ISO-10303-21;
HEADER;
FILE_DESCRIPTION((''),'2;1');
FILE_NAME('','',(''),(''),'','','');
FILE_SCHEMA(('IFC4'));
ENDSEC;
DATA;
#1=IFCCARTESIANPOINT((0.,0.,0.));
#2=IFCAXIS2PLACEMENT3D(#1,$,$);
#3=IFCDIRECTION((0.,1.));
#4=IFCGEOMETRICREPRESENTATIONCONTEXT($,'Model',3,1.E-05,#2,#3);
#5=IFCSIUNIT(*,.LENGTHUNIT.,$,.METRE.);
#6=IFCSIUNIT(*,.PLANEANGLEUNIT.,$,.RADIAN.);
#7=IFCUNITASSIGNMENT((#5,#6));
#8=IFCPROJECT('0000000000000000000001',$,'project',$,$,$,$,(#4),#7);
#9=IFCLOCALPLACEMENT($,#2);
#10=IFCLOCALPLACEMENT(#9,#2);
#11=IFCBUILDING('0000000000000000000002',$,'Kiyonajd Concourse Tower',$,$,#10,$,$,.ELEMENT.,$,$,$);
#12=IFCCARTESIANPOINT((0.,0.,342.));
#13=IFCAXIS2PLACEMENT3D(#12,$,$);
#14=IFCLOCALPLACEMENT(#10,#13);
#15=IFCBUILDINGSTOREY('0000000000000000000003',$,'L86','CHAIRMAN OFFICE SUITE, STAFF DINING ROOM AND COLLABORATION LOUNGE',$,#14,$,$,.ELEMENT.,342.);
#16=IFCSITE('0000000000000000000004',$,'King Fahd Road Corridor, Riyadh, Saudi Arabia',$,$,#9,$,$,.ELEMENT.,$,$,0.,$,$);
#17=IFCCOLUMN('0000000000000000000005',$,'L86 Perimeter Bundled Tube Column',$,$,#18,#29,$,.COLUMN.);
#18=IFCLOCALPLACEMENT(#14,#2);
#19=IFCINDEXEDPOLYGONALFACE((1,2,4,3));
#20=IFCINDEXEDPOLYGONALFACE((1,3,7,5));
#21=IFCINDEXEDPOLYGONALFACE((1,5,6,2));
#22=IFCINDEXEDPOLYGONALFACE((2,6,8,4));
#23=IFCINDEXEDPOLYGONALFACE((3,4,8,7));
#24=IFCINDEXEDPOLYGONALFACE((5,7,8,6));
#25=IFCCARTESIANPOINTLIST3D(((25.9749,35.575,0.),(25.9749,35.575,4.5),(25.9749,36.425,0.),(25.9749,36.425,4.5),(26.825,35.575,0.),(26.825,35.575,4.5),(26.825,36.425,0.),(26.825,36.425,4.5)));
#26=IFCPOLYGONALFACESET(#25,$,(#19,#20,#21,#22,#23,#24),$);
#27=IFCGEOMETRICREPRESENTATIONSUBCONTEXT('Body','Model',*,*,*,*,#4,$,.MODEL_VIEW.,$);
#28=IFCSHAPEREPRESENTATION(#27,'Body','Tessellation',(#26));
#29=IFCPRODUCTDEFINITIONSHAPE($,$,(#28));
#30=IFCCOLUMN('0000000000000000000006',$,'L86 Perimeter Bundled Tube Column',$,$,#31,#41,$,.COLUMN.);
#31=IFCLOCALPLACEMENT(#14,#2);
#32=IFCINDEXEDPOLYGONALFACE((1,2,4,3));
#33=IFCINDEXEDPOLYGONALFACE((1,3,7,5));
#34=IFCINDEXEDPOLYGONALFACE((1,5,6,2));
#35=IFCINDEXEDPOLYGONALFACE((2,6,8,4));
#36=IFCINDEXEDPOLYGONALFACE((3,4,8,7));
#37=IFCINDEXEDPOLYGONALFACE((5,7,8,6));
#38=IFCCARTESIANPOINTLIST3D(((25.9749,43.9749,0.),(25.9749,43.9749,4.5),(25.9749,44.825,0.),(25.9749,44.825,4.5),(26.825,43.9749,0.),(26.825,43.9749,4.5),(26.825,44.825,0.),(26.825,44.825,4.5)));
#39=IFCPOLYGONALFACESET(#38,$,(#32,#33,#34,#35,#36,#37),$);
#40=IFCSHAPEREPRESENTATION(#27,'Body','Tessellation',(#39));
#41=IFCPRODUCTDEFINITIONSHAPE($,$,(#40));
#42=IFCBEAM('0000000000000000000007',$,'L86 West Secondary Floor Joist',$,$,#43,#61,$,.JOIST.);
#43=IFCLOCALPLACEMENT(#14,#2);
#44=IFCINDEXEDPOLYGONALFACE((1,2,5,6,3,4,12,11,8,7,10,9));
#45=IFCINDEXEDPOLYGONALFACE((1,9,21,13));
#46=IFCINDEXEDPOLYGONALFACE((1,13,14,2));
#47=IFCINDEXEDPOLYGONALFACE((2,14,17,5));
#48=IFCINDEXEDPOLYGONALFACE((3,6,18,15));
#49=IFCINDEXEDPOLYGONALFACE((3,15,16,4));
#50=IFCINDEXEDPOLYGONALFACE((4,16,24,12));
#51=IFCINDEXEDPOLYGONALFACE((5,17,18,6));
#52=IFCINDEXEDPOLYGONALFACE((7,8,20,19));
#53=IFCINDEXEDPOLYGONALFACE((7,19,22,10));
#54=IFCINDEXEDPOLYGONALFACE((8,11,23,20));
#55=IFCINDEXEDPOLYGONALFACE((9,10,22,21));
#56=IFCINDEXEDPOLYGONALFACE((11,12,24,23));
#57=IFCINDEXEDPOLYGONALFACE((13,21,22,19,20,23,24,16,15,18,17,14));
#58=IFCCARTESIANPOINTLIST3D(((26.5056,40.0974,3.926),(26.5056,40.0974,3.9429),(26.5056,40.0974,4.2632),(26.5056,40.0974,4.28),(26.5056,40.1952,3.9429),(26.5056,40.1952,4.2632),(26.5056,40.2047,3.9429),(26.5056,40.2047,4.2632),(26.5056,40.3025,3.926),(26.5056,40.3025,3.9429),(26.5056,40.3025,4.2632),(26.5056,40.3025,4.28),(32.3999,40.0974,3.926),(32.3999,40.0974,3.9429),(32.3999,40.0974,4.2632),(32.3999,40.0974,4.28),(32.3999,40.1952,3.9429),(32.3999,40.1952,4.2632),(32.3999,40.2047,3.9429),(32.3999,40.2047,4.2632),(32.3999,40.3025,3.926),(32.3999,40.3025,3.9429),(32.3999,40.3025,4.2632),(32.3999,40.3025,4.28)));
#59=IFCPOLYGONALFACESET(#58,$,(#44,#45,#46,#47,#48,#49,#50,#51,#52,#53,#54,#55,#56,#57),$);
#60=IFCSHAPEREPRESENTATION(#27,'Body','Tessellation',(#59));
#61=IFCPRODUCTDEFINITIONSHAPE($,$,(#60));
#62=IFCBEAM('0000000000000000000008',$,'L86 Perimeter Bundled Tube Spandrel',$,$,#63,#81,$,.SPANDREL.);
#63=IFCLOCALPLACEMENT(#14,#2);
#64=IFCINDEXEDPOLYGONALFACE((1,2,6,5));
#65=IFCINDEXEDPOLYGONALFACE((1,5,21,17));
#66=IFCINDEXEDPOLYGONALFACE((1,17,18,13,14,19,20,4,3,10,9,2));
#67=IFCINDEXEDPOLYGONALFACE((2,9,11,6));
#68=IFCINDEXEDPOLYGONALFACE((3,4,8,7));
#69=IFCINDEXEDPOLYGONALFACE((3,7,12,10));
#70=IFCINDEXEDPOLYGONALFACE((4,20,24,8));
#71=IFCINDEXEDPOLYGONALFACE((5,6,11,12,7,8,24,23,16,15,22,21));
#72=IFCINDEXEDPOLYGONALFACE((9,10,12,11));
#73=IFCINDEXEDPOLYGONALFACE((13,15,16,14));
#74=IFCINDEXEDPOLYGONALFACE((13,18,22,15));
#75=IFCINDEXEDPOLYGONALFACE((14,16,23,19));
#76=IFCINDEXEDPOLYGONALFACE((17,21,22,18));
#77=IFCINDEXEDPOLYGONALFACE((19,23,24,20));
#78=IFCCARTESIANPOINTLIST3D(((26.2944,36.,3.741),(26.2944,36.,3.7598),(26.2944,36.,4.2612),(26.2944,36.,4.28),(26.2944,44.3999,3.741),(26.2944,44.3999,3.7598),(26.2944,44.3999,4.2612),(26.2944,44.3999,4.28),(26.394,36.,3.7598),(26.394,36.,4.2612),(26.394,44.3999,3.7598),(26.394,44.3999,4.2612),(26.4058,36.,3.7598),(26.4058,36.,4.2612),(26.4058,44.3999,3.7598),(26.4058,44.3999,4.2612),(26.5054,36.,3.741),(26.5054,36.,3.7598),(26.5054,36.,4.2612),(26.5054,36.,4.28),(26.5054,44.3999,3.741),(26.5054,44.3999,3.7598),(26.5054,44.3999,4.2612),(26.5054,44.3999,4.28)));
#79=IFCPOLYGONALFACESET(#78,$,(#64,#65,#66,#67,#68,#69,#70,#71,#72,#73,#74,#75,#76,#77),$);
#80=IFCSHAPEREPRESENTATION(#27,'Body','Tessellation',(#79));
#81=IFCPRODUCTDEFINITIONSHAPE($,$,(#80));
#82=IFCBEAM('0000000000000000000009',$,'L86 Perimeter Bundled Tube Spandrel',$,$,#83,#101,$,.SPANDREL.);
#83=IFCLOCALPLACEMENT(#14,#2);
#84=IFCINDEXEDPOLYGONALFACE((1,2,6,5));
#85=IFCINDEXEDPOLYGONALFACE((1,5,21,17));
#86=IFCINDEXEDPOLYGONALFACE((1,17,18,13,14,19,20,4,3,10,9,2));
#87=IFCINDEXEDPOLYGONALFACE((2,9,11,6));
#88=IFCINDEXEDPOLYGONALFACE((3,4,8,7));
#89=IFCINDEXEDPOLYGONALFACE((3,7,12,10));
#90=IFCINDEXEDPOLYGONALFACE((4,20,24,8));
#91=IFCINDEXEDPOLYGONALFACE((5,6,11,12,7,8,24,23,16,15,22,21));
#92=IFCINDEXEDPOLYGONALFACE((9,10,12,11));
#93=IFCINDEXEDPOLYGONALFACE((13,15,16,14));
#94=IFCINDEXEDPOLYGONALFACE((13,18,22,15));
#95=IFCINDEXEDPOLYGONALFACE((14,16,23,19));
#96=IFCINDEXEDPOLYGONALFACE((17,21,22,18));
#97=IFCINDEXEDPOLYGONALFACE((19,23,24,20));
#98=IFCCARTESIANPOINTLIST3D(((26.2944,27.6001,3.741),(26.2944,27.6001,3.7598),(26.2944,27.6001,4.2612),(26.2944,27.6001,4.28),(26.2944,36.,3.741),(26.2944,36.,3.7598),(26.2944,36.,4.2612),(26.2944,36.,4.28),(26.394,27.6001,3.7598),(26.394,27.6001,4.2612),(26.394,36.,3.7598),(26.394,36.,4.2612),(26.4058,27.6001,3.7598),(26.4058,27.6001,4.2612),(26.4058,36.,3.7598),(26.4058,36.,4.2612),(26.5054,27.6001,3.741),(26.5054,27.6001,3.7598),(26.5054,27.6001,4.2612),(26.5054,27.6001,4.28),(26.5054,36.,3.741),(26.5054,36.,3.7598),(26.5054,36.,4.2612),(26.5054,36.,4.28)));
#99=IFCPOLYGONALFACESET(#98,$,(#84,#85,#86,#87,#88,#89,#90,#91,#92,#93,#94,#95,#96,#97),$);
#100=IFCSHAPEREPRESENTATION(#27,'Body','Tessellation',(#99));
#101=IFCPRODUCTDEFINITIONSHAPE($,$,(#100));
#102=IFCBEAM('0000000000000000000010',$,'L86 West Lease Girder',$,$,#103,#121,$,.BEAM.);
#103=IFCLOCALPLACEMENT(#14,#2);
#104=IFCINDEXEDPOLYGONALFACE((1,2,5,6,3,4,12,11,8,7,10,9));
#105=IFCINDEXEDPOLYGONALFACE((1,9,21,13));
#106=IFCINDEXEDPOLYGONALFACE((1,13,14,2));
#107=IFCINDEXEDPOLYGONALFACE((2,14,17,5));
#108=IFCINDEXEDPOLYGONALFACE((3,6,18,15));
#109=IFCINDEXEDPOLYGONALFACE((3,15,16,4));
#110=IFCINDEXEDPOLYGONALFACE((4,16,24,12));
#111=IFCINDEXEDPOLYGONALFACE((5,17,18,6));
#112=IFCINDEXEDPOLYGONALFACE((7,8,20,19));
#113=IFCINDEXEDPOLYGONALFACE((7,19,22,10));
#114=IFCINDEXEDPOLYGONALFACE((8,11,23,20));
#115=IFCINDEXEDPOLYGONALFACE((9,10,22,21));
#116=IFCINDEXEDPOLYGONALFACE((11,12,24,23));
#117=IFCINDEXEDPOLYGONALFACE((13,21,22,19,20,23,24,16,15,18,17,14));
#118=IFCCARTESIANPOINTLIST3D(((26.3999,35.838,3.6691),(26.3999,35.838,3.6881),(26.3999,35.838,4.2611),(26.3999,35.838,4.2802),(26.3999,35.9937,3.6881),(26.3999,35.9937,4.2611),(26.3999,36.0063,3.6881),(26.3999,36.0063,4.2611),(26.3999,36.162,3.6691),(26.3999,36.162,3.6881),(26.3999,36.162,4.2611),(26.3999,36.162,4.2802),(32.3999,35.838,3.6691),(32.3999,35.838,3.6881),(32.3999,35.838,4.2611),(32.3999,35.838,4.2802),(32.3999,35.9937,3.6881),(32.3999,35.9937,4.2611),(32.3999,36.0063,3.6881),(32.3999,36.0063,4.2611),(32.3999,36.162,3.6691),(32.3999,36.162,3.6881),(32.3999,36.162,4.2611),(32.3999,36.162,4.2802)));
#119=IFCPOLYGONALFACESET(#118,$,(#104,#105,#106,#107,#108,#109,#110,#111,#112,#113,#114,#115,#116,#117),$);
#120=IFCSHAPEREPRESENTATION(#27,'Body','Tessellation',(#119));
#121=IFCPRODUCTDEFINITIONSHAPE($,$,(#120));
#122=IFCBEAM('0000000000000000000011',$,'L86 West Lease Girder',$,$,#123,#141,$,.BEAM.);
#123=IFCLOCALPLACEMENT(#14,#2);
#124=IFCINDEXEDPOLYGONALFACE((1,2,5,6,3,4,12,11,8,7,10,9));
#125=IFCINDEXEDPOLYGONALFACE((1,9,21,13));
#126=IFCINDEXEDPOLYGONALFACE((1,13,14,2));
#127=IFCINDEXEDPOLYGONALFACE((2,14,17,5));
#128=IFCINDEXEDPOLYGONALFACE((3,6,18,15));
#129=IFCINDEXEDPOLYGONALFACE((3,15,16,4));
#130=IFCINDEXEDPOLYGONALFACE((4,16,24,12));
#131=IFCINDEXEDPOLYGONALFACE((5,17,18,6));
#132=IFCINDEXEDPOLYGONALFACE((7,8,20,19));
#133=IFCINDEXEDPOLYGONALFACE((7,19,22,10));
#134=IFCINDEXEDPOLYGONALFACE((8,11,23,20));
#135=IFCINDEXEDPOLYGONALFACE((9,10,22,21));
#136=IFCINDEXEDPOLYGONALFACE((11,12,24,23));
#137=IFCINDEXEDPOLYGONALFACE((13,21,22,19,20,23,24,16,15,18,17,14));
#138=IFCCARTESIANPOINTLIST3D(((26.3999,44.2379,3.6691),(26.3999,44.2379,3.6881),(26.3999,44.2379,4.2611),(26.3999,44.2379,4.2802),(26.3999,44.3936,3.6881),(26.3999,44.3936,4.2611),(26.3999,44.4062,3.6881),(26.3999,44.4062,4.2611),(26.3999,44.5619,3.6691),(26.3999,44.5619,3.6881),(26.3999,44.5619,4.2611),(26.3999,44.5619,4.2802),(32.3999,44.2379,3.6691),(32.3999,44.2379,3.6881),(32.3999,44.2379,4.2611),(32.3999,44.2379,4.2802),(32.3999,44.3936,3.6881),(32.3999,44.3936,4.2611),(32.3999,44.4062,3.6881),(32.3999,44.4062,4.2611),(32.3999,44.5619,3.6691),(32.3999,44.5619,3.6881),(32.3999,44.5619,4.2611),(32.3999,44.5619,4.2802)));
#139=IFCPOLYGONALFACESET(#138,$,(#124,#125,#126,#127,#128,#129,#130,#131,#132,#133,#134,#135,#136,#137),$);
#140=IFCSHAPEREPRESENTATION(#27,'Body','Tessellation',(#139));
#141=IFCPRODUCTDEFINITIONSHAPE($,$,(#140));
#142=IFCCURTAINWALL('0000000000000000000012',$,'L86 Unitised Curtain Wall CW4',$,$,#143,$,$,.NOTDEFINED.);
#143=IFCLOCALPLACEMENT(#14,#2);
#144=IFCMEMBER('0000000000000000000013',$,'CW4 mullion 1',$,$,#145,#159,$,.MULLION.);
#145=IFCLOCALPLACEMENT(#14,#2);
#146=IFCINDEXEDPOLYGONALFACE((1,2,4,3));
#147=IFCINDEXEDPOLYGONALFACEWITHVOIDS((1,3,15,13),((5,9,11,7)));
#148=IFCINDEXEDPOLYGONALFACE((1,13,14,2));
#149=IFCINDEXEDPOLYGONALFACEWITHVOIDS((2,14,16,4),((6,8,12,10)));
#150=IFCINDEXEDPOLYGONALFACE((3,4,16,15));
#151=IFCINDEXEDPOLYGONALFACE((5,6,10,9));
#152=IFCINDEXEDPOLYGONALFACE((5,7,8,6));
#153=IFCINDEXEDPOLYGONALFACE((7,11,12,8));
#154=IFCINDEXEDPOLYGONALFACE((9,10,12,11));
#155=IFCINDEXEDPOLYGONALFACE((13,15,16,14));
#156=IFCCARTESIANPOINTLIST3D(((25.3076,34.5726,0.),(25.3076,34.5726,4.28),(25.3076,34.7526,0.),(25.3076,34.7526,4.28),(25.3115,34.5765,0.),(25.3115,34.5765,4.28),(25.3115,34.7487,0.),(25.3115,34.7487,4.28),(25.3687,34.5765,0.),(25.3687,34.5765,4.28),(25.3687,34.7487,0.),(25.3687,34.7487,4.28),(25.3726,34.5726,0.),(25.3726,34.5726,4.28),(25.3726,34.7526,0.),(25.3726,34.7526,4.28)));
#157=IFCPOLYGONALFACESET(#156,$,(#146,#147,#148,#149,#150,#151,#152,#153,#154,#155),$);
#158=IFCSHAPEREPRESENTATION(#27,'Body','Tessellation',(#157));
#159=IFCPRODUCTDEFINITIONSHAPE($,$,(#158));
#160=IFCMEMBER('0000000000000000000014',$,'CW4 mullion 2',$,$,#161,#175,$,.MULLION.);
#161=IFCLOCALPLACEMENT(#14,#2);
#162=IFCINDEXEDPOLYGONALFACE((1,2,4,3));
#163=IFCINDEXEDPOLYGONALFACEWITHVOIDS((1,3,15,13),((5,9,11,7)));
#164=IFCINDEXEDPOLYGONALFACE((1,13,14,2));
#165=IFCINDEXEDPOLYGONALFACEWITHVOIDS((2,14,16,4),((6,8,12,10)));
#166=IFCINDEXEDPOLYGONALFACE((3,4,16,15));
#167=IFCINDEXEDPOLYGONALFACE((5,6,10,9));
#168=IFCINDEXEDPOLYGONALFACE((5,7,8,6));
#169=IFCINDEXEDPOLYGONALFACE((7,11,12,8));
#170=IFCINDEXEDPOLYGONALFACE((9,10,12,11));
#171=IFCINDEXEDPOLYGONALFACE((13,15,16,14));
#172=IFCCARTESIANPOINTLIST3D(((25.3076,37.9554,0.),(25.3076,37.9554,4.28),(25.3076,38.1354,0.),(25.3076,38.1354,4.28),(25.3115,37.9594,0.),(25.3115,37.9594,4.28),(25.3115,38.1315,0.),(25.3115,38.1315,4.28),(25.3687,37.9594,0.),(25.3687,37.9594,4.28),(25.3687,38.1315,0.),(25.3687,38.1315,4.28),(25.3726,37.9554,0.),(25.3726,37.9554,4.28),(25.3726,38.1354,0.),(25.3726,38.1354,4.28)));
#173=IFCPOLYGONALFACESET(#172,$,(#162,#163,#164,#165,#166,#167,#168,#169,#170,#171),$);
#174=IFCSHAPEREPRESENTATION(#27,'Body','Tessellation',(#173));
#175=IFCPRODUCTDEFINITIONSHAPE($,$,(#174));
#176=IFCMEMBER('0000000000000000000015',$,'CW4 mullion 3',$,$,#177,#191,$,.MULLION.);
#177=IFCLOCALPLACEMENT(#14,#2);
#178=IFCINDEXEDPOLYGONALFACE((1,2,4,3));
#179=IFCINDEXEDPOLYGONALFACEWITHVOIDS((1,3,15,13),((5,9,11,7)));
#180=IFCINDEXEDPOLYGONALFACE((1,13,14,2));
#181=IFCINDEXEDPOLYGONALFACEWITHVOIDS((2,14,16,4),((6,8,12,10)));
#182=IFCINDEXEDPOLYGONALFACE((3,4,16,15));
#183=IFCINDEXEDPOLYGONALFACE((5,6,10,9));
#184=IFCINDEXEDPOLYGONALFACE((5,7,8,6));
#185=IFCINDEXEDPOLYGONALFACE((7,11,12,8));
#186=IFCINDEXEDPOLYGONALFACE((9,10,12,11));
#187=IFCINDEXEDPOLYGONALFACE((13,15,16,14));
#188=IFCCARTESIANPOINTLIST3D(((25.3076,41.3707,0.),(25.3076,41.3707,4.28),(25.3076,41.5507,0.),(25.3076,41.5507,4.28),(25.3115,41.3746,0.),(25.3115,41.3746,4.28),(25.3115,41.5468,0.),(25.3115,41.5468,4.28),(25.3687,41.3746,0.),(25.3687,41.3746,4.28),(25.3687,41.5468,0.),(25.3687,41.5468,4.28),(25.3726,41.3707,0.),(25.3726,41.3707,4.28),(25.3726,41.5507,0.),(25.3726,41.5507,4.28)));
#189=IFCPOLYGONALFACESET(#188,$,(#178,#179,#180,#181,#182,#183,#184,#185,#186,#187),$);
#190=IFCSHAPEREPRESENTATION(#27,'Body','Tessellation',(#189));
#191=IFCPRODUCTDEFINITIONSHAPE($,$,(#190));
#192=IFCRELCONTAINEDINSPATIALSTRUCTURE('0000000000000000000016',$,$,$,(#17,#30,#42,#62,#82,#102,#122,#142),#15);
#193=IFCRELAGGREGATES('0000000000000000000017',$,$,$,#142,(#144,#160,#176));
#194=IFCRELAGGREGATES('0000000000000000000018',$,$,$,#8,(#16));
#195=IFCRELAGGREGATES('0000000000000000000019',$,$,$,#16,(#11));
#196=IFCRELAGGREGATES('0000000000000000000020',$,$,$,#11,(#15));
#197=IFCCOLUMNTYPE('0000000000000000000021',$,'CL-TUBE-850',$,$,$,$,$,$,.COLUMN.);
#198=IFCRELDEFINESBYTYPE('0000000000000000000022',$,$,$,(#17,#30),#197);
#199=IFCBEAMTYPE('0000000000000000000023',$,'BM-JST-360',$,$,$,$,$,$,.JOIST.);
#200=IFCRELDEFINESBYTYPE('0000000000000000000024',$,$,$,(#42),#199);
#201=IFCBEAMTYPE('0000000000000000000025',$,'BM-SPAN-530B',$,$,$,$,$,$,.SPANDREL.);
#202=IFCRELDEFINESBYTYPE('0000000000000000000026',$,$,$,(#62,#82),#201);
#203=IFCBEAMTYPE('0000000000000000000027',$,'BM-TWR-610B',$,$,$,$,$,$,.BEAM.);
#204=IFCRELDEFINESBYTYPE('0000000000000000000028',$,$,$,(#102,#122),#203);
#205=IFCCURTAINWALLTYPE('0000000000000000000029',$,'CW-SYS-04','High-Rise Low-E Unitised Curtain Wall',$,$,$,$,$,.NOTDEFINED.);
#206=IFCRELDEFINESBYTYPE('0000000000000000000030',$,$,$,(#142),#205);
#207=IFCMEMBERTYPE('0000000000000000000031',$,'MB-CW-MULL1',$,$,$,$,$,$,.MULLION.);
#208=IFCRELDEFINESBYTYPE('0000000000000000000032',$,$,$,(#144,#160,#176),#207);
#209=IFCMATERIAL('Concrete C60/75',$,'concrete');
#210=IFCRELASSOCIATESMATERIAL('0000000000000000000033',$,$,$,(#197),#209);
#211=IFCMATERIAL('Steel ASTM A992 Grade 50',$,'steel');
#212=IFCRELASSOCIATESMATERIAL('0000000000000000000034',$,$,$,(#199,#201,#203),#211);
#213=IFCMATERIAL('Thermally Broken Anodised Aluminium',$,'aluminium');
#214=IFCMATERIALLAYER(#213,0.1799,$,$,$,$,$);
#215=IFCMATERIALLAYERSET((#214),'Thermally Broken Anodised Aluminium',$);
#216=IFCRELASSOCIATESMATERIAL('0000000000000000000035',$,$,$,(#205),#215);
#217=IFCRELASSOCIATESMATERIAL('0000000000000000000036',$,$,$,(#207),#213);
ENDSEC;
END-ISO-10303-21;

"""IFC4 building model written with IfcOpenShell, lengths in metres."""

from ifc_helpers import new_model, si_unit, direction, frame, origin, origin_2d, place, context, subcontext, project, spatial, rectangle, hollow_rectangle, i_section, extrude, material, layer, layer_set, material_profile, profile_set, type_object, element, aggregate, save


model = new_model("IFC4")

# Units and contexts
model_context = context("Model", 3, precision=1e-05, world=origin(), true_north=direction((0.0, 1.0)))
body_context = subcontext(model_context, "Body", "Model", "MODEL_VIEW")
ifc_project = project(units=[si_unit("LENGTHUNIT", "METRE"), si_unit("PLANEANGLEUNIT", "RADIAN")], contexts=[model_context])

# Site, building, storey
site_placement = place(None, origin())
site = spatial("IfcSite", under=ifc_project, at=site_placement, Name="King Fahd Road Corridor, Riyadh, Saudi Arabia", CompositionType="ELEMENT", RefElevation=0.0)
building_placement = place(site_placement, origin())
building = spatial("IfcBuilding", under=site, at=building_placement, Name="Kiyonajd Concourse Tower", CompositionType="ELEMENT")
storey_placement = place(building_placement, frame((0.0, 0.0, 342.0)))
storey = spatial("IfcBuildingStorey", under=building, at=storey_placement, Name="L86", Description="CHAIRMAN OFFICE SUITE, STAFF DINING ROOM AND COLLABORATION LOUNGE", CompositionType="ELEMENT", Elevation=342.0)

# Columns
ifc_material_1 = material(Name="Concrete C60/75", Category="concrete")
ifc_material_profile_1 = material_profile(ifc_material_1, rectangle(XDim=0.8501, YDim=0.8501, at=origin_2d()), Name="RC-850x850")
ifc_profile_set_1 = profile_set([ifc_material_profile_1], Name="Concrete C60/75")
column_type = type_object("IfcColumnType", Name="CL-TUBE-850", PredefinedType="COLUMN", material=ifc_profile_set_1)
for number, where, z_axis, x_axis, name in (
    (1, (26.3999, 36.0, 0.0), (0.0, 0.0, 1.0), (1.0, 0.0, 0.0), "L86 Perimeter Bundled Tube Column"),
    (2, (26.3999, 44.3999, 0.0), (0.0, 0.0, 1.0), (1.0, 0.0, 0.0), "L86 Perimeter Bundled Tube Column"),
):
    element("IfcColumn", number, at=place(storey_placement, frame(where, z_axis=z_axis, x_axis=x_axis)), inside=storey, type_object=column_type, Name=name, PredefinedType="COLUMN", context=body_context, shape_type="SweptSolid", body=[
        extrude(rectangle(XDim=0.8501, YDim=0.8501, at=origin_2d()), origin(), (0.0, 0.0, 1.0), 4.5),
    ])

# Beams
ifc_material_2 = material(Name="Steel ASTM A992 Grade 50", Category="steel")
ifc_material_profile_2 = material_profile(ifc_material_2, i_section(OverallWidth=0.2051, OverallDepth=0.354, WebThickness=0.0095, FlangeThickness=0.0168, at=origin_2d()), Name="W360X79")
ifc_profile_set_2 = profile_set([ifc_material_profile_2], Name="Steel ASTM A992 Grade 50")
beam_type_1 = type_object("IfcBeamType", Name="BM-JST-360", PredefinedType="JOIST", material=ifc_profile_set_2)
beam_placement = place(storey_placement, frame((26.5056, 40.2, 4.103), z_axis=(1.0, 0.0, 0.0), x_axis=(0.0, 1.0, 0.0)))
element("IfcBeam", 3, at=beam_placement, inside=storey, type_object=beam_type_1, Name="L86 West Secondary Floor Joist", PredefinedType="JOIST", context=body_context, shape_type="SweptSolid", body=[
    extrude(i_section(OverallWidth=0.2051, OverallDepth=0.354, WebThickness=0.0095, FlangeThickness=0.0168, at=origin_2d()), origin(), (0.0, 0.0, 1.0), 5.8943),
])
ifc_material_profile_3 = material_profile(ifc_material_2, i_section(OverallWidth=0.2109, OverallDepth=0.5391, WebThickness=0.0117, FlangeThickness=0.0188, at=origin_2d()), Name="W530X109")
ifc_profile_set_3 = profile_set([ifc_material_profile_3], Name="Steel ASTM A992 Grade 50")
beam_type_2 = type_object("IfcBeamType", Name="BM-SPAN-530B", PredefinedType="SPANDREL", material=ifc_profile_set_3)
for number, where, z_axis, x_axis, name in (
    (4, (26.3999, 44.3999, 4.0105), (0.0, -1.0, 0.0), (1.0, 0.0, 0.0), "L86 Perimeter Bundled Tube Spandrel"),
    (5, (26.3999, 36.0, 4.0105), (0.0, -1.0, 0.0), (1.0, 0.0, 0.0), "L86 Perimeter Bundled Tube Spandrel"),
):
    element("IfcBeam", number, at=place(storey_placement, frame(where, z_axis=z_axis, x_axis=x_axis)), inside=storey, type_object=beam_type_2, Name=name, PredefinedType="SPANDREL", context=body_context, shape_type="SweptSolid", body=[
        extrude(i_section(OverallWidth=0.2109, OverallDepth=0.5391, WebThickness=0.0117, FlangeThickness=0.0188, at=origin_2d()), origin(), (0.0, 0.0, 1.0), 8.3999),
    ])
ifc_material_profile_4 = material_profile(ifc_material_2, i_section(OverallWidth=0.324, OverallDepth=0.6111, WebThickness=0.0127, FlangeThickness=0.019, at=origin_2d()), Name="W610X155")
ifc_profile_set_4 = profile_set([ifc_material_profile_4], Name="Steel ASTM A992 Grade 50")
beam_type_3 = type_object("IfcBeamType", Name="BM-TWR-610B", PredefinedType="BEAM", material=ifc_profile_set_4)
for number, where, z_axis, x_axis, name in (
    (6, (26.3999, 36.0, 3.9746), (1.0, 0.0, 0.0), (0.0, 1.0, 0.0), "L86 West Lease Girder"),
    (7, (26.3999, 44.3999, 3.9746), (1.0, 0.0, 0.0), (0.0, 1.0, 0.0), "L86 West Lease Girder"),
):
    element("IfcBeam", number, at=place(storey_placement, frame(where, z_axis=z_axis, x_axis=x_axis)), inside=storey, type_object=beam_type_3, Name=name, PredefinedType="BEAM", context=body_context, shape_type="SweptSolid", body=[
        extrude(i_section(OverallWidth=0.324, OverallDepth=0.6111, WebThickness=0.0127, FlangeThickness=0.019, at=origin_2d()), origin(), (0.0, 0.0, 1.0), 6.0),
    ])

# Curtain wall, members
ifc_material_3 = material(Name="Thermally Broken Anodised Aluminium", Category="aluminium")
ifc_layer_1 = layer(ifc_material_3, 0.1799)
ifc_layer_set_1 = layer_set([ifc_layer_1], Name="Thermally Broken Anodised Aluminium")
curtain_wall_type = type_object("IfcCurtainWallType", Name="CW-SYS-04", Description="High-Rise Low-E Unitised Curtain Wall", PredefinedType="NOTDEFINED", material=ifc_layer_set_1)
curtain_wall_placement = place(storey_placement, origin())
curtain_wall = element("IfcCurtainWall", 8, at=curtain_wall_placement, inside=storey, type_object=curtain_wall_type, Name="L86 Unitised Curtain Wall CW4", PredefinedType="NOTDEFINED")
ifc_material_profile_5 = material_profile(ifc_material_3, hollow_rectangle(XDim=0.0649, YDim=0.1799, WallThickness=0.0039, at=origin_2d()), Name="MULL-65x180")
ifc_profile_set_5 = profile_set([ifc_material_profile_5], Name="Thermally Broken Anodised Aluminium")
member_type_1 = type_object("IfcMemberType", Name="MB-CW-MULL1", PredefinedType="MULLION", material=ifc_profile_set_5)
member_1_placement = place(storey_placement, frame((25.3401, 34.6626, 0.0), z_axis=(0.0, 0.0, 1.0), x_axis=(-1.0, 0.0, 0.0)))
member_1 = element("IfcMember", 9, at=member_1_placement, type_object=member_type_1, Name="CW4 mullion 1", PredefinedType="MULLION", context=body_context, shape_type="SweptSolid", body=[
    extrude(hollow_rectangle(XDim=0.0649, YDim=0.1799, WallThickness=0.0039, at=origin_2d()), origin(), (0.0, 0.0, 1.0), 4.28),
])
member_2_placement = place(storey_placement, frame((25.3401, 38.0454, 0.0), z_axis=(0.0, 0.0, 1.0), x_axis=(-1.0, 0.0, 0.0)))
member_2 = element("IfcMember", 10, at=member_2_placement, type_object=member_type_1, Name="CW4 mullion 2", PredefinedType="MULLION", context=body_context, shape_type="SweptSolid", body=[
    extrude(hollow_rectangle(XDim=0.0649, YDim=0.1799, WallThickness=0.0039, at=origin_2d()), origin(), (0.0, 0.0, 1.0), 4.28),
])
member_3_placement = place(storey_placement, frame((25.3401, 41.4607, 0.0), z_axis=(0.0, 0.0, 1.0), x_axis=(-1.0, 0.0, 0.0)))
member_3 = element("IfcMember", 11, at=member_3_placement, type_object=member_type_1, Name="CW4 mullion 3", PredefinedType="MULLION", context=body_context, shape_type="SweptSolid", body=[
    extrude(hollow_rectangle(XDim=0.0649, YDim=0.1799, WallThickness=0.0039, at=origin_2d()), origin(), (0.0, 0.0, 1.0), 4.28),
])

aggregate(curtain_wall, [member_1, member_2, member_3])

save(model, "model.ifc")
